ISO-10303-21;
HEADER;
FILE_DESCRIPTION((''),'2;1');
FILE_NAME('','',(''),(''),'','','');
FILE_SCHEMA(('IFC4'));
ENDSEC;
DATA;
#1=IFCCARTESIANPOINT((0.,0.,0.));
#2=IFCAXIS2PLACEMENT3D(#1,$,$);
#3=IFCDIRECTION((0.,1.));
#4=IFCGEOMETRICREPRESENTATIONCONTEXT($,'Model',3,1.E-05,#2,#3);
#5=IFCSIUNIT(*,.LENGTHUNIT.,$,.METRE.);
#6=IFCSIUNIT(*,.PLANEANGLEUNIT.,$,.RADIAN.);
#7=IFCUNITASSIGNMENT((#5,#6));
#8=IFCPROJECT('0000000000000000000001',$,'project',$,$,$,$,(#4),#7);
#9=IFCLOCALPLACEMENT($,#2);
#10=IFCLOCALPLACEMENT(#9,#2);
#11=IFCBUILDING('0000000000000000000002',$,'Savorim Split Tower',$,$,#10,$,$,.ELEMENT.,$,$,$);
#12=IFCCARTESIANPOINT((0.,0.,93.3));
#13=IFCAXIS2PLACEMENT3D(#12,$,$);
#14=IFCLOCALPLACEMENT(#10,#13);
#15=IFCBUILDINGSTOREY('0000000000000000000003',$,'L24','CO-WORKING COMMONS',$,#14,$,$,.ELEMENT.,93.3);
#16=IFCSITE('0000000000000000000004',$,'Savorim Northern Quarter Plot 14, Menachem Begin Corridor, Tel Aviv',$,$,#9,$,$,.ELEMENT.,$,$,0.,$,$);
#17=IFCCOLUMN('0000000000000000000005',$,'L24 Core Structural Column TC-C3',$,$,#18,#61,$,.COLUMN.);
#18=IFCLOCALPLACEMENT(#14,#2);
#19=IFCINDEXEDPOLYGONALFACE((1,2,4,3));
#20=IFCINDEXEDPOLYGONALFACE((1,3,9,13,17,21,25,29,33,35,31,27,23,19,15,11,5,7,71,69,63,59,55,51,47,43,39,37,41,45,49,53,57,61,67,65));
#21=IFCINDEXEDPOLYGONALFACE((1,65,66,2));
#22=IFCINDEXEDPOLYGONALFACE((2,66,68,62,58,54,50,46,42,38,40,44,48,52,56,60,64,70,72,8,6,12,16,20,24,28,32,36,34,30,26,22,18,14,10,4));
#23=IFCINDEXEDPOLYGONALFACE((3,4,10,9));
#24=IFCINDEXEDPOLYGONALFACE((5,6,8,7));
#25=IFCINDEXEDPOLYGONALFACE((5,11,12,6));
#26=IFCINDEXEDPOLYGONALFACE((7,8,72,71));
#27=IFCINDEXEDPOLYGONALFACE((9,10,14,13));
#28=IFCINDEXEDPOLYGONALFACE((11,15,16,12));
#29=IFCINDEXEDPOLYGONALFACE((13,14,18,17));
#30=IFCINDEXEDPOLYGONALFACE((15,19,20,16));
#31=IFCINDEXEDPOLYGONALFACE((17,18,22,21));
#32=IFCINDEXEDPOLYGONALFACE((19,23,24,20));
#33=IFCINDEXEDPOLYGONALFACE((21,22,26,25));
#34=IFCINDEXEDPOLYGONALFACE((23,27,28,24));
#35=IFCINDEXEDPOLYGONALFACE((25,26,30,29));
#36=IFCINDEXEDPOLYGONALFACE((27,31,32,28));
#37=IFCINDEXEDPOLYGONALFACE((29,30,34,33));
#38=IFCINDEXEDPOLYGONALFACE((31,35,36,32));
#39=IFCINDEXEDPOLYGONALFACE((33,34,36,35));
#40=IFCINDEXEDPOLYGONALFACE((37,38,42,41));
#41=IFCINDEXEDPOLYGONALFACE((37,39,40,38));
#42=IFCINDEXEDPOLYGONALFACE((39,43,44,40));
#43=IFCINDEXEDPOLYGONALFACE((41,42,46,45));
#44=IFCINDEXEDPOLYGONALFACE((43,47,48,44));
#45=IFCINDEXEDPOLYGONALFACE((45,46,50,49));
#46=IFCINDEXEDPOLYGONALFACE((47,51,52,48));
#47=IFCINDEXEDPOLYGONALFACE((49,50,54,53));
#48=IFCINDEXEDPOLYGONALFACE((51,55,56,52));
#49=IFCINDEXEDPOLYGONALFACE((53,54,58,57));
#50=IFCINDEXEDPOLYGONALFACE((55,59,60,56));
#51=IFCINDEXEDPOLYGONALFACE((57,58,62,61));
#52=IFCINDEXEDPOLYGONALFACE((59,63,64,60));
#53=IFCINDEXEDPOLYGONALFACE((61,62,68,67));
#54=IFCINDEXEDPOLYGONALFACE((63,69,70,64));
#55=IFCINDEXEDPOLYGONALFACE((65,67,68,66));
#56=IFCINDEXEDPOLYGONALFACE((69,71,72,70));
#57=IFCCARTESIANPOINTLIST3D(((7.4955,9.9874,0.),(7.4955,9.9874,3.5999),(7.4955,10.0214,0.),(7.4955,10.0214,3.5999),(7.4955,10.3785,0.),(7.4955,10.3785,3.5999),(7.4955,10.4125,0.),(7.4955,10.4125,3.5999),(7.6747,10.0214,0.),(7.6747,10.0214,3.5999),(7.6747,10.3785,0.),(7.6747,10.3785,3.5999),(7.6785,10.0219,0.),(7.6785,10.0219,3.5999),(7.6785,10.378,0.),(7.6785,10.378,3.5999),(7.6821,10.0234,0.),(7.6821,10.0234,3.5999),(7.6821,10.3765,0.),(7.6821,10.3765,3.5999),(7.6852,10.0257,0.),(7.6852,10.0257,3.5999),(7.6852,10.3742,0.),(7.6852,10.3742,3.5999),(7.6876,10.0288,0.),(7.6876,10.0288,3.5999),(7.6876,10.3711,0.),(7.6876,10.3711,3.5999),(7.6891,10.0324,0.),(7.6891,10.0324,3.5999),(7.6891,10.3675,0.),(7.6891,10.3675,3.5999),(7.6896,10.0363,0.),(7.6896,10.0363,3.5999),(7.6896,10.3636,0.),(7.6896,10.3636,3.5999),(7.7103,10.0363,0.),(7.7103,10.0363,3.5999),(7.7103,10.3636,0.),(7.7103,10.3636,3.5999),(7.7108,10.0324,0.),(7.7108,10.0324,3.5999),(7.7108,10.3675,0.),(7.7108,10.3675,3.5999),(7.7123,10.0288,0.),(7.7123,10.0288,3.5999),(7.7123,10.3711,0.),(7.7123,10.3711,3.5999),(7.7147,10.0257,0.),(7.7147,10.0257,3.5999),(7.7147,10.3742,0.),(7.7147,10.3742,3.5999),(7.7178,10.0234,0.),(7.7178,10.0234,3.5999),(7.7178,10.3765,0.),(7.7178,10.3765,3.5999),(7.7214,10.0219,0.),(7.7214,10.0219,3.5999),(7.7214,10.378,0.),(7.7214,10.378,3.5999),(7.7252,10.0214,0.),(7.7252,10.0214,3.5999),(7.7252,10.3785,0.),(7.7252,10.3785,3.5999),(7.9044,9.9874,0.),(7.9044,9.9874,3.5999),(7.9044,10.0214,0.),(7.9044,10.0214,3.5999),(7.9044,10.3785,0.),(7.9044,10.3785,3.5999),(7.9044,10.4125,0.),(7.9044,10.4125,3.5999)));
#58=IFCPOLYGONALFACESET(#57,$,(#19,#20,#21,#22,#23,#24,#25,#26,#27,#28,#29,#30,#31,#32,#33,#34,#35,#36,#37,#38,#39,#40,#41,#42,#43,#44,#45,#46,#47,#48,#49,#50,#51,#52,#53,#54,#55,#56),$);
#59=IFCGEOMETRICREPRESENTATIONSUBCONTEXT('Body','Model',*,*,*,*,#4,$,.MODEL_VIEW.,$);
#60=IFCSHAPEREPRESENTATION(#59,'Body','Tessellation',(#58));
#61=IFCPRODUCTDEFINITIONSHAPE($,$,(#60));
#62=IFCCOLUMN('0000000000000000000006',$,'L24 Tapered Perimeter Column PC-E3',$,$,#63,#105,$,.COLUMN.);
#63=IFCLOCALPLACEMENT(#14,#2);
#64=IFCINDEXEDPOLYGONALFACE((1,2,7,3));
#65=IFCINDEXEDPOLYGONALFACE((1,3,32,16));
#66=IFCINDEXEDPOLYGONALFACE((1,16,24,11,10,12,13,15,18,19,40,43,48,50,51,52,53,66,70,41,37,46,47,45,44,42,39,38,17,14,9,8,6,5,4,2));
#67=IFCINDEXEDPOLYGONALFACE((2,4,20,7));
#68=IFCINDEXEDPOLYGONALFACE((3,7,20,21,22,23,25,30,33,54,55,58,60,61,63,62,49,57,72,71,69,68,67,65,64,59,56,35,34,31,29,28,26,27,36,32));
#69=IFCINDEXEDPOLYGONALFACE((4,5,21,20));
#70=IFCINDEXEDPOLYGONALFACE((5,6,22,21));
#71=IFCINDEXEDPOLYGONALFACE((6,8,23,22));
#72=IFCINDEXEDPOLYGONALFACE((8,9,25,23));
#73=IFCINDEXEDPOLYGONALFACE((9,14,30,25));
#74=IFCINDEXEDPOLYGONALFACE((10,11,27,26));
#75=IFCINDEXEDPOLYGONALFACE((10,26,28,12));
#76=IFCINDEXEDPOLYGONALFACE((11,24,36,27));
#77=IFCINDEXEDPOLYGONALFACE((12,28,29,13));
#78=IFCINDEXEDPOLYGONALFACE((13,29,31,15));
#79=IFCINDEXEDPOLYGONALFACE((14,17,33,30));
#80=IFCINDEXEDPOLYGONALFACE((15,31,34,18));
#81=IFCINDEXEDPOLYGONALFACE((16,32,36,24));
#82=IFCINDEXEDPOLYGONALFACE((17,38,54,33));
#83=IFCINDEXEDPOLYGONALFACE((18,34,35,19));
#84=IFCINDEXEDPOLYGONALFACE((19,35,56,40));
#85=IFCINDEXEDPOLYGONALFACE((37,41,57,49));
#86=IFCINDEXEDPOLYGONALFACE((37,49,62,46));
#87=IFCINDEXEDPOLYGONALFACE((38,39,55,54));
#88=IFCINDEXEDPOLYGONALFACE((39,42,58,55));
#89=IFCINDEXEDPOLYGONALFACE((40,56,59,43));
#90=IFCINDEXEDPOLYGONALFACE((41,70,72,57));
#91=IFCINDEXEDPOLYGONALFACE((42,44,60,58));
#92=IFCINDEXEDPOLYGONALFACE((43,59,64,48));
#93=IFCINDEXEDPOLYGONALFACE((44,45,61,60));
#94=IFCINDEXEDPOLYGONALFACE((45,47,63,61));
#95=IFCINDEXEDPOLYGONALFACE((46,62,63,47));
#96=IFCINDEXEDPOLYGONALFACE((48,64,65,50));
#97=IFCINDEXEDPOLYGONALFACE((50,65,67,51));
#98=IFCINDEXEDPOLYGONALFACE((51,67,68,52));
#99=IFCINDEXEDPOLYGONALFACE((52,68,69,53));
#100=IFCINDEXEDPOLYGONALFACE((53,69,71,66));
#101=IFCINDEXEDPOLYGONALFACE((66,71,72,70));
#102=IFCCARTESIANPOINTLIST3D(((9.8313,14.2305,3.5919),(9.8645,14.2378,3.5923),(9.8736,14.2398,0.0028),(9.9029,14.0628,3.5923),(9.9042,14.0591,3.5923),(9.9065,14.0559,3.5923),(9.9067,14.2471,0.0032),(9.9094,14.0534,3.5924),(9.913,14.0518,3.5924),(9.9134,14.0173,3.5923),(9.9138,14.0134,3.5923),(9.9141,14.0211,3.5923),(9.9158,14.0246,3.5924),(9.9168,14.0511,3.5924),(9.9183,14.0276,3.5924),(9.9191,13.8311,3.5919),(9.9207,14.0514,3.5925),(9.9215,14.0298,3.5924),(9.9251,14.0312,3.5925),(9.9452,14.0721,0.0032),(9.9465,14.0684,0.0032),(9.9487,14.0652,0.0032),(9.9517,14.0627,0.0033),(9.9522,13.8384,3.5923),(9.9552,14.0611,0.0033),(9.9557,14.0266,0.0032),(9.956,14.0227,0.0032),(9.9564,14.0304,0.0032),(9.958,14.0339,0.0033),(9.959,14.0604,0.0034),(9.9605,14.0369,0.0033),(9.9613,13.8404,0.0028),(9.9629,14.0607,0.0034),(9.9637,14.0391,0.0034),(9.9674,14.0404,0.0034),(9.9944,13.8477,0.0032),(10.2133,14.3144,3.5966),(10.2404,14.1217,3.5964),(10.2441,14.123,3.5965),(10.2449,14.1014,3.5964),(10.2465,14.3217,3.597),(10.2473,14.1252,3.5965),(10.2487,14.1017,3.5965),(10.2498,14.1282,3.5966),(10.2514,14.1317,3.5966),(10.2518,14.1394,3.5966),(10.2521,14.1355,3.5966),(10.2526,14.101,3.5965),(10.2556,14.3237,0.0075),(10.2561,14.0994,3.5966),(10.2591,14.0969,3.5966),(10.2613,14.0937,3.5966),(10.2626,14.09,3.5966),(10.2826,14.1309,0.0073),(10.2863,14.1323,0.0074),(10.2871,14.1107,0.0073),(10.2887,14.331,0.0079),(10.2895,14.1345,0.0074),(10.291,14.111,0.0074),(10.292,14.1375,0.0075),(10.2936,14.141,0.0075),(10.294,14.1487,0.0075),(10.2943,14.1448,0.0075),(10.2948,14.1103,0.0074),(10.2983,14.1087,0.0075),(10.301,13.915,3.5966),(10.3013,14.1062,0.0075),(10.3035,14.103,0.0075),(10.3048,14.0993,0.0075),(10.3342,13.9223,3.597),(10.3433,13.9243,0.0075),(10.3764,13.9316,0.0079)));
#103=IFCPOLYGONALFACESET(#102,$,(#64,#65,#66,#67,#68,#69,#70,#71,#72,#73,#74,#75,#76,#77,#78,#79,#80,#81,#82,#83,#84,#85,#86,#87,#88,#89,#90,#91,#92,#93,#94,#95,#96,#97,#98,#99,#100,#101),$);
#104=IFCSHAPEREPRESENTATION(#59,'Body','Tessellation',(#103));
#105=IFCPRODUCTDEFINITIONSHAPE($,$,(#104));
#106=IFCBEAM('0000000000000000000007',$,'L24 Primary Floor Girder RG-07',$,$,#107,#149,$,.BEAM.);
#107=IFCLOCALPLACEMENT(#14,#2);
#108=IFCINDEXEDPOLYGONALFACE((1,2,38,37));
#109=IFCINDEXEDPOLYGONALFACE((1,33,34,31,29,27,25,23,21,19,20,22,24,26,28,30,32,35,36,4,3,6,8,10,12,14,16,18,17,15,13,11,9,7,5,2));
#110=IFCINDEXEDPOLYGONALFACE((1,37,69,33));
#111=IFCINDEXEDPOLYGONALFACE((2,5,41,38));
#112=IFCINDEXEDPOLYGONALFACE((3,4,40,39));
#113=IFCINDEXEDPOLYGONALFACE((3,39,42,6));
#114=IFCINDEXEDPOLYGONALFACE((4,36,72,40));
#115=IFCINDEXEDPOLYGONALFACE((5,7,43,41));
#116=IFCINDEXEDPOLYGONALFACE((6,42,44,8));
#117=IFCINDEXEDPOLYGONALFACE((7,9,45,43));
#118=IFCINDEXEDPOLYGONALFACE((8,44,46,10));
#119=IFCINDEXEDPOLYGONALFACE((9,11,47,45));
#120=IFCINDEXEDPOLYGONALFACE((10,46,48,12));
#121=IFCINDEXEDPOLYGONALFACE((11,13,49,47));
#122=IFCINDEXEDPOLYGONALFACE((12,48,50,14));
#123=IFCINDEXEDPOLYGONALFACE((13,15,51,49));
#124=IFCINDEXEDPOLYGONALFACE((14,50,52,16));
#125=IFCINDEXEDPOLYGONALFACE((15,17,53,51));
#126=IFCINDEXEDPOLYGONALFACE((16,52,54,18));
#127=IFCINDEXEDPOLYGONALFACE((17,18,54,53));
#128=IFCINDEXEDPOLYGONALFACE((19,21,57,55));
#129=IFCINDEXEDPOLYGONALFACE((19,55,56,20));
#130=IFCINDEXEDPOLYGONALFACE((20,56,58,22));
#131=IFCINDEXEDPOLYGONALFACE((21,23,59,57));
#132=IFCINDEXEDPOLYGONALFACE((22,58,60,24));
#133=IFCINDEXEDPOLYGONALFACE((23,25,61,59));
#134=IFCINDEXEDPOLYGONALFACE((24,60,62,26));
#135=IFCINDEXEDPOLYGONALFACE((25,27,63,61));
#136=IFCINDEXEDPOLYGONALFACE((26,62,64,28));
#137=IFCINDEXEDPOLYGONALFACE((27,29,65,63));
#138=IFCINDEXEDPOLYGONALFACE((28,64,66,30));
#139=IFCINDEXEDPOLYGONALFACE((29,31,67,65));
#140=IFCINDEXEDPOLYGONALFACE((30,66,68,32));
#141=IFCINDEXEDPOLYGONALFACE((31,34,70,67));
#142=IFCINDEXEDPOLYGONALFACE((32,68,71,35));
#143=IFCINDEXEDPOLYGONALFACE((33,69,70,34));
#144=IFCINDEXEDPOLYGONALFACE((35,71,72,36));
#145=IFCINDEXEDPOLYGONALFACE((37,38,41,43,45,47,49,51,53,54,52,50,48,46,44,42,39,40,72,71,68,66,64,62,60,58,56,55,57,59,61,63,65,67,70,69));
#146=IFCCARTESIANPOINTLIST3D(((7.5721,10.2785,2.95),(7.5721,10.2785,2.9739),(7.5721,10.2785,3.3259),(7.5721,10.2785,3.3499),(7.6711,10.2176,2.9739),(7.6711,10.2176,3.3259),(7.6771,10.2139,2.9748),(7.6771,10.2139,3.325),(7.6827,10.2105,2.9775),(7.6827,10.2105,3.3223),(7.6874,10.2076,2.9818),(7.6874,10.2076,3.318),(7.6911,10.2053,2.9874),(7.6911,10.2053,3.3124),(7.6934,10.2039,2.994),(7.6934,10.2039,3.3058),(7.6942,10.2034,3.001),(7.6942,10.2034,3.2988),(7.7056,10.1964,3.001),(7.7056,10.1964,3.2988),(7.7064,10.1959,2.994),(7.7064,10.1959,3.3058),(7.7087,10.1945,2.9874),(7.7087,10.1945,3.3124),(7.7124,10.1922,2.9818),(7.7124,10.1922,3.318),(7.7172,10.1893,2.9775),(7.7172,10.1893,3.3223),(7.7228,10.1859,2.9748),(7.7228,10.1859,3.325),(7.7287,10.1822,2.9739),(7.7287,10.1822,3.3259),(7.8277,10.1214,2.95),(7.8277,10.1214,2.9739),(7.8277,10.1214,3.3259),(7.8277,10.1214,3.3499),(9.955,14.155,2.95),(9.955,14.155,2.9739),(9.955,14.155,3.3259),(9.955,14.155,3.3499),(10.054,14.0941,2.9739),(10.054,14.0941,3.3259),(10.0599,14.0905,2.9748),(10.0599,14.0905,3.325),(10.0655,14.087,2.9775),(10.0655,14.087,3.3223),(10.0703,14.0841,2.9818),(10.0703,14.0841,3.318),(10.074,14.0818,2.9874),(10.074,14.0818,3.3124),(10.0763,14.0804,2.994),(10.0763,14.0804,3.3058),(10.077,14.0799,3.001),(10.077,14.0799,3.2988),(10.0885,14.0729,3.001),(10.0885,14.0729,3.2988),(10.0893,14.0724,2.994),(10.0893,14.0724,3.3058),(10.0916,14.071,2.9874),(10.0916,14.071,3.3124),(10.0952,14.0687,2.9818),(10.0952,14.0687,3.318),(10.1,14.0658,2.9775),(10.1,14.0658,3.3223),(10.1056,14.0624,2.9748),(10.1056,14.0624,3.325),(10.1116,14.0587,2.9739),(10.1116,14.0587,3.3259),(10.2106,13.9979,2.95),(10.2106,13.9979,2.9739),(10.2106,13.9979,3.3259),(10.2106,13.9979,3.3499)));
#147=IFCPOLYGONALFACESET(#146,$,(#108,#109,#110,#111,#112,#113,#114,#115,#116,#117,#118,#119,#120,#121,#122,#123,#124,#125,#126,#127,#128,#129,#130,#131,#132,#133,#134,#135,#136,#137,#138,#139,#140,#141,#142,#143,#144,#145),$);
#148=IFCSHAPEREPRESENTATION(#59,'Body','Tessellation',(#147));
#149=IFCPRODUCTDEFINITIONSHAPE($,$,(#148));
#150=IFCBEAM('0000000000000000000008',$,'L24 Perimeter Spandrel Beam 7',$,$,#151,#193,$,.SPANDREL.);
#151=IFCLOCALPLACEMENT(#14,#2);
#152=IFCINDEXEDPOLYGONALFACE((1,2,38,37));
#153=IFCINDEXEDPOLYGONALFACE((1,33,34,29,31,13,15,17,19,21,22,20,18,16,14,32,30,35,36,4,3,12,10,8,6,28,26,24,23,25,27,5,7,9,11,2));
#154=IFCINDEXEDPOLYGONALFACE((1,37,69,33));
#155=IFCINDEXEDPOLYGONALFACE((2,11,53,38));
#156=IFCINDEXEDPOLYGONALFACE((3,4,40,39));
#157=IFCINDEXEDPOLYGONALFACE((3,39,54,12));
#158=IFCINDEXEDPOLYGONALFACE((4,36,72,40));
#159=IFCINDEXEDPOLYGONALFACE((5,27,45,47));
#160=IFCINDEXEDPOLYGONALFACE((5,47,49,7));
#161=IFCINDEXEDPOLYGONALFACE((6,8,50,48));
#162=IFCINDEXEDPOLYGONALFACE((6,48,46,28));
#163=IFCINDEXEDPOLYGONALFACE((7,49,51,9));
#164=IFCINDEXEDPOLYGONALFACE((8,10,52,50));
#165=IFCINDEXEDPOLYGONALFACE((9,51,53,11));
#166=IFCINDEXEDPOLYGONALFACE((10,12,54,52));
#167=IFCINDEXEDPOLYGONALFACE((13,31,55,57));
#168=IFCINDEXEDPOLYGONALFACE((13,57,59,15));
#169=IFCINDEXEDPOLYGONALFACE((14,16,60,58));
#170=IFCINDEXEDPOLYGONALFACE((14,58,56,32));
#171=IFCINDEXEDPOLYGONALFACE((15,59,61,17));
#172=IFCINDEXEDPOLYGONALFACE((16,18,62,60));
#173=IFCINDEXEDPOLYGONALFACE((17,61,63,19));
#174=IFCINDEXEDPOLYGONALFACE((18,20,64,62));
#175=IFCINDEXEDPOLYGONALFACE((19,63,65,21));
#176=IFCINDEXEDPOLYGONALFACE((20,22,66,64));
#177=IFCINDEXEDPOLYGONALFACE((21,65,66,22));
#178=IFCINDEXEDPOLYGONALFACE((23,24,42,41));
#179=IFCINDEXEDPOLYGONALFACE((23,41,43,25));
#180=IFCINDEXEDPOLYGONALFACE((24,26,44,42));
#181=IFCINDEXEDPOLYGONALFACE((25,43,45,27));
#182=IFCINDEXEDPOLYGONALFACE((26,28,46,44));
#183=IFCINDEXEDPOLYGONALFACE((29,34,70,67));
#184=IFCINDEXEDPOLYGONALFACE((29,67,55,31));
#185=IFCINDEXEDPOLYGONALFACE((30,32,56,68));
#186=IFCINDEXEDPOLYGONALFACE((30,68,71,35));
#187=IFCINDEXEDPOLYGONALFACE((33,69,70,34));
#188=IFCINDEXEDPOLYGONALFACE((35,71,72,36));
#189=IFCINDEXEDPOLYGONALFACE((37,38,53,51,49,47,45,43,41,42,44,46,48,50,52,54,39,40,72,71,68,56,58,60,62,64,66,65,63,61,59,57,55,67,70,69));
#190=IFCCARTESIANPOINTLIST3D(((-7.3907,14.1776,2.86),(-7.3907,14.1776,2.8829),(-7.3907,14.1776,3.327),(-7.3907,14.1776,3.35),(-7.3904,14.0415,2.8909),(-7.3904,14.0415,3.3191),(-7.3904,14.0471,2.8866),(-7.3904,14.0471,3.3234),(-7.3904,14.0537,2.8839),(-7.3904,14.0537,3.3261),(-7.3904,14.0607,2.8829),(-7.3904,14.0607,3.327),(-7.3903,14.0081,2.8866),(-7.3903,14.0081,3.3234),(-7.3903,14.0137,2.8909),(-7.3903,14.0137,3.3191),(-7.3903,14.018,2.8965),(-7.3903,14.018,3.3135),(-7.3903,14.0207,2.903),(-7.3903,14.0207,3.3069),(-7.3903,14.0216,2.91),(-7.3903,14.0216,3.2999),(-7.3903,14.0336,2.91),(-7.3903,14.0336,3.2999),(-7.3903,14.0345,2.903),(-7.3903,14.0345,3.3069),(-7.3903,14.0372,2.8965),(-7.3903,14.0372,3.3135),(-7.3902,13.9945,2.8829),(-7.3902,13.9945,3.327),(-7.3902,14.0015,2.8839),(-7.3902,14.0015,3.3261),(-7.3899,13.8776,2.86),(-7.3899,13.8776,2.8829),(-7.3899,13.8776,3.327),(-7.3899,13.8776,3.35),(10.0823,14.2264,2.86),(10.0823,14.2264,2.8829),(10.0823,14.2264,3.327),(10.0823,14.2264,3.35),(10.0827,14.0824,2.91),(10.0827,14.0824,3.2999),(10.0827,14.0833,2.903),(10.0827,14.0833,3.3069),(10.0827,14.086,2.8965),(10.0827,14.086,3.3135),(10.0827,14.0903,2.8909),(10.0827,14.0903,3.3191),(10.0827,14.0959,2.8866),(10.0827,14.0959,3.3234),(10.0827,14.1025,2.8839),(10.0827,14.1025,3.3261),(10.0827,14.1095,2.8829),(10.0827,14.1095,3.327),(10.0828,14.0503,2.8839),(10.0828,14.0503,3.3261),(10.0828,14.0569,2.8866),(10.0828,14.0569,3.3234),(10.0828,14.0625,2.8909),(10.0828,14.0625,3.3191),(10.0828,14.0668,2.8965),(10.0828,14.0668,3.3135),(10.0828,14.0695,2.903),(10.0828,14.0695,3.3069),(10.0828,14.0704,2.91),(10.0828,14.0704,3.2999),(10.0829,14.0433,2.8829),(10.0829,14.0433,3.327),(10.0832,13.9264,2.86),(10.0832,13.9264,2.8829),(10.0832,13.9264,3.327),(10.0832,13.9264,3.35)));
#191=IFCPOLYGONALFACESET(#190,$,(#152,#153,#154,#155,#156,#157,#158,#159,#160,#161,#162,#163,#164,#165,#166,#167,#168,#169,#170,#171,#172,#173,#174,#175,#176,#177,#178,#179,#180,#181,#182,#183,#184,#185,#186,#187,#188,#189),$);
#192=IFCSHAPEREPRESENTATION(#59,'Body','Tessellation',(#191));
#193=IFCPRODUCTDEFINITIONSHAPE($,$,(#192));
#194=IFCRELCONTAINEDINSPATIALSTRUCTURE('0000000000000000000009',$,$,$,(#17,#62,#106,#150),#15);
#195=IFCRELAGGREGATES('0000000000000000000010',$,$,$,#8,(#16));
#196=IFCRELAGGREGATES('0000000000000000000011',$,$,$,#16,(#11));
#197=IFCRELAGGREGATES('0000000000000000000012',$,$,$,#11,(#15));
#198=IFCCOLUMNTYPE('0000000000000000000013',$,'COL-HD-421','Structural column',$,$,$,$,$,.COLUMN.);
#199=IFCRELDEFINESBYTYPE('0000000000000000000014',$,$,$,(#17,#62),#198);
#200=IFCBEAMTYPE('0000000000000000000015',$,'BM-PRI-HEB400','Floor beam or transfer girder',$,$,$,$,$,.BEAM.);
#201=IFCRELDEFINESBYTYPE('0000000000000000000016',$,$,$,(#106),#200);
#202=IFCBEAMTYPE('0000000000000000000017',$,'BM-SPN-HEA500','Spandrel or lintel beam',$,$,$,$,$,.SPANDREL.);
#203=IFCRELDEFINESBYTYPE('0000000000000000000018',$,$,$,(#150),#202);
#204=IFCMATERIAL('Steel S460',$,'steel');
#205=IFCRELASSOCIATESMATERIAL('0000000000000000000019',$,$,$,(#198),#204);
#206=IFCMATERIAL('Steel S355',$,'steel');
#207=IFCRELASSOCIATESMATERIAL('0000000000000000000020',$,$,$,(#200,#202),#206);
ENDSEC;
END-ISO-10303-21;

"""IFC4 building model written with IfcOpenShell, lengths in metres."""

from ifc_helpers import new_model, si_unit, direction, frame, origin, origin_2d, place, context, subcontext, project, spatial, i_section, extrude, material, material_profile, profile_set, type_object, element, save


model = new_model("IFC4")

# Units and contexts
model_context = context("Model", 3, precision=1e-05, world=origin(), true_north=direction((0.0, 1.0)))
body_context = subcontext(model_context, "Body", "Model", "MODEL_VIEW")
ifc_project = project(units=[si_unit("LENGTHUNIT", "METRE"), si_unit("PLANEANGLEUNIT", "RADIAN")], contexts=[model_context])

# Site, building, storey
site_placement = place(None, origin())
site = spatial("IfcSite", under=ifc_project, at=site_placement, Name="Savorim Northern Quarter Plot 14, Menachem Begin Corridor, Tel Aviv", CompositionType="ELEMENT", RefElevation=0.0)
building_placement = place(site_placement, origin())
building = spatial("IfcBuilding", under=site, at=building_placement, Name="Savorim Split Tower", CompositionType="ELEMENT")
storey_placement = place(building_placement, frame((0.0, 0.0, 93.3)))
storey = spatial("IfcBuildingStorey", under=building, at=storey_placement, Name="L24", Description="CO-WORKING COMMONS", CompositionType="ELEMENT", Elevation=93.3)

# Columns
ifc_material_1 = material(Name="Steel S460", Category="steel")
ifc_material_profile_1 = material_profile(ifc_material_1, i_section(OverallWidth=0.4089, OverallDepth=0.425, WebThickness=0.0208, FlangeThickness=0.0339, FilletRadius=0.0149, at=origin_2d()), Name="HD 400x421")
ifc_profile_set_1 = profile_set([ifc_material_profile_1], Name="Steel S460")
column_type = type_object("IfcColumnType", Name="COL-HD-421", Description="Structural column", PredefinedType="COLUMN", material=ifc_profile_set_1)
column_1_placement = place(storey_placement, frame((7.7, 10.2, 0.0), z_axis=(0.0, 0.0, 1.0), x_axis=(1.0, 0.0, 0.0)))
element("IfcColumn", 1, at=column_1_placement, inside=storey, type_object=column_type, Name="L24 Core Structural Column TC-C3", PredefinedType="COLUMN", context=body_context, shape_type="SweptSolid", body=[
    extrude(i_section(OverallWidth=0.4089, OverallDepth=0.425, WebThickness=0.0208, FlangeThickness=0.0339, FilletRadius=0.0149, at=origin_2d()), origin(), (0.0, 0.0, 1.0), 3.5999),
])
column_2_placement = place(storey_placement, frame((10.125, 14.0857, 0.0054), z_axis=(-0.011767, -0.002585, 0.999927), x_axis=(0.214539, -0.976715, 0.0)))
element("IfcColumn", 2, at=column_2_placement, inside=storey, type_object=column_type, Name="L24 Tapered Perimeter Column PC-E3", PredefinedType="COLUMN", context=body_context, shape_type="SweptSolid", body=[
    extrude(i_section(OverallWidth=0.4089, OverallDepth=0.425, WebThickness=0.0208, FlangeThickness=0.0339, FilletRadius=0.0149, at=origin_2d()), origin(), (0.0, 0.0, 1.0), 3.5894),
])

# Beams
ifc_material_2 = material(Name="Steel S355", Category="steel")
ifc_material_profile_2 = material_profile(ifc_material_2, i_section(OverallWidth=0.3, OverallDepth=0.3999, WebThickness=0.0134, FlangeThickness=0.0239, FilletRadius=0.0271, at=origin_2d()), Name="HEB 400")
ifc_profile_set_2 = profile_set([ifc_material_profile_2], Name="Steel S355")
beam_type_1 = type_object("IfcBeamType", Name="BM-PRI-HEB400", Description="Floor beam or transfer girder", PredefinedType="BEAM", material=ifc_profile_set_2)
beam_1_placement = place(storey_placement, frame((10.0828, 14.0764, 3.1499), z_axis=(-0.523666, -0.851923, 0.0), x_axis=(0.851923, -0.523666, 0.0)))
element("IfcBeam", 3, at=beam_1_placement, inside=storey, type_object=beam_type_1, Name="L24 Primary Floor Girder RG-07", PredefinedType="BEAM", context=body_context, shape_type="SweptSolid", body=[
    extrude(i_section(OverallWidth=0.3, OverallDepth=0.3999, WebThickness=0.0134, FlangeThickness=0.0239, FilletRadius=0.0271, at=origin_2d()), origin(), (0.0, 0.0, 1.0), 4.5503),
])
ifc_material_profile_3 = material_profile(ifc_material_2, i_section(OverallWidth=0.3, OverallDepth=0.49, WebThickness=0.012, FlangeThickness=0.0229, FilletRadius=0.0271, at=origin_2d()), Name="HEA 500")
ifc_profile_set_3 = profile_set([ifc_material_profile_3], Name="Steel S355")
beam_type_2 = type_object("IfcBeamType", Name="BM-SPN-HEA500", Description="Spandrel or lintel beam", PredefinedType="SPANDREL", material=ifc_profile_set_3)
beam_2_placement = place(storey_placement, frame((10.0828, 14.0764, 3.105), z_axis=(-0.999996, -0.002794, 0.0), x_axis=(0.002794, -0.999996, 0.0)))
element("IfcBeam", 4, at=beam_2_placement, inside=storey, type_object=beam_type_2, Name="L24 Perimeter Spandrel Beam 7", PredefinedType="SPANDREL", context=body_context, shape_type="SweptSolid", body=[
    extrude(i_section(OverallWidth=0.3, OverallDepth=0.49, WebThickness=0.012, FlangeThickness=0.0229, FilletRadius=0.0271, at=origin_2d()), origin(), (0.0, 0.0, 1.0), 17.4731),
])

save(model, "model.ifc")
